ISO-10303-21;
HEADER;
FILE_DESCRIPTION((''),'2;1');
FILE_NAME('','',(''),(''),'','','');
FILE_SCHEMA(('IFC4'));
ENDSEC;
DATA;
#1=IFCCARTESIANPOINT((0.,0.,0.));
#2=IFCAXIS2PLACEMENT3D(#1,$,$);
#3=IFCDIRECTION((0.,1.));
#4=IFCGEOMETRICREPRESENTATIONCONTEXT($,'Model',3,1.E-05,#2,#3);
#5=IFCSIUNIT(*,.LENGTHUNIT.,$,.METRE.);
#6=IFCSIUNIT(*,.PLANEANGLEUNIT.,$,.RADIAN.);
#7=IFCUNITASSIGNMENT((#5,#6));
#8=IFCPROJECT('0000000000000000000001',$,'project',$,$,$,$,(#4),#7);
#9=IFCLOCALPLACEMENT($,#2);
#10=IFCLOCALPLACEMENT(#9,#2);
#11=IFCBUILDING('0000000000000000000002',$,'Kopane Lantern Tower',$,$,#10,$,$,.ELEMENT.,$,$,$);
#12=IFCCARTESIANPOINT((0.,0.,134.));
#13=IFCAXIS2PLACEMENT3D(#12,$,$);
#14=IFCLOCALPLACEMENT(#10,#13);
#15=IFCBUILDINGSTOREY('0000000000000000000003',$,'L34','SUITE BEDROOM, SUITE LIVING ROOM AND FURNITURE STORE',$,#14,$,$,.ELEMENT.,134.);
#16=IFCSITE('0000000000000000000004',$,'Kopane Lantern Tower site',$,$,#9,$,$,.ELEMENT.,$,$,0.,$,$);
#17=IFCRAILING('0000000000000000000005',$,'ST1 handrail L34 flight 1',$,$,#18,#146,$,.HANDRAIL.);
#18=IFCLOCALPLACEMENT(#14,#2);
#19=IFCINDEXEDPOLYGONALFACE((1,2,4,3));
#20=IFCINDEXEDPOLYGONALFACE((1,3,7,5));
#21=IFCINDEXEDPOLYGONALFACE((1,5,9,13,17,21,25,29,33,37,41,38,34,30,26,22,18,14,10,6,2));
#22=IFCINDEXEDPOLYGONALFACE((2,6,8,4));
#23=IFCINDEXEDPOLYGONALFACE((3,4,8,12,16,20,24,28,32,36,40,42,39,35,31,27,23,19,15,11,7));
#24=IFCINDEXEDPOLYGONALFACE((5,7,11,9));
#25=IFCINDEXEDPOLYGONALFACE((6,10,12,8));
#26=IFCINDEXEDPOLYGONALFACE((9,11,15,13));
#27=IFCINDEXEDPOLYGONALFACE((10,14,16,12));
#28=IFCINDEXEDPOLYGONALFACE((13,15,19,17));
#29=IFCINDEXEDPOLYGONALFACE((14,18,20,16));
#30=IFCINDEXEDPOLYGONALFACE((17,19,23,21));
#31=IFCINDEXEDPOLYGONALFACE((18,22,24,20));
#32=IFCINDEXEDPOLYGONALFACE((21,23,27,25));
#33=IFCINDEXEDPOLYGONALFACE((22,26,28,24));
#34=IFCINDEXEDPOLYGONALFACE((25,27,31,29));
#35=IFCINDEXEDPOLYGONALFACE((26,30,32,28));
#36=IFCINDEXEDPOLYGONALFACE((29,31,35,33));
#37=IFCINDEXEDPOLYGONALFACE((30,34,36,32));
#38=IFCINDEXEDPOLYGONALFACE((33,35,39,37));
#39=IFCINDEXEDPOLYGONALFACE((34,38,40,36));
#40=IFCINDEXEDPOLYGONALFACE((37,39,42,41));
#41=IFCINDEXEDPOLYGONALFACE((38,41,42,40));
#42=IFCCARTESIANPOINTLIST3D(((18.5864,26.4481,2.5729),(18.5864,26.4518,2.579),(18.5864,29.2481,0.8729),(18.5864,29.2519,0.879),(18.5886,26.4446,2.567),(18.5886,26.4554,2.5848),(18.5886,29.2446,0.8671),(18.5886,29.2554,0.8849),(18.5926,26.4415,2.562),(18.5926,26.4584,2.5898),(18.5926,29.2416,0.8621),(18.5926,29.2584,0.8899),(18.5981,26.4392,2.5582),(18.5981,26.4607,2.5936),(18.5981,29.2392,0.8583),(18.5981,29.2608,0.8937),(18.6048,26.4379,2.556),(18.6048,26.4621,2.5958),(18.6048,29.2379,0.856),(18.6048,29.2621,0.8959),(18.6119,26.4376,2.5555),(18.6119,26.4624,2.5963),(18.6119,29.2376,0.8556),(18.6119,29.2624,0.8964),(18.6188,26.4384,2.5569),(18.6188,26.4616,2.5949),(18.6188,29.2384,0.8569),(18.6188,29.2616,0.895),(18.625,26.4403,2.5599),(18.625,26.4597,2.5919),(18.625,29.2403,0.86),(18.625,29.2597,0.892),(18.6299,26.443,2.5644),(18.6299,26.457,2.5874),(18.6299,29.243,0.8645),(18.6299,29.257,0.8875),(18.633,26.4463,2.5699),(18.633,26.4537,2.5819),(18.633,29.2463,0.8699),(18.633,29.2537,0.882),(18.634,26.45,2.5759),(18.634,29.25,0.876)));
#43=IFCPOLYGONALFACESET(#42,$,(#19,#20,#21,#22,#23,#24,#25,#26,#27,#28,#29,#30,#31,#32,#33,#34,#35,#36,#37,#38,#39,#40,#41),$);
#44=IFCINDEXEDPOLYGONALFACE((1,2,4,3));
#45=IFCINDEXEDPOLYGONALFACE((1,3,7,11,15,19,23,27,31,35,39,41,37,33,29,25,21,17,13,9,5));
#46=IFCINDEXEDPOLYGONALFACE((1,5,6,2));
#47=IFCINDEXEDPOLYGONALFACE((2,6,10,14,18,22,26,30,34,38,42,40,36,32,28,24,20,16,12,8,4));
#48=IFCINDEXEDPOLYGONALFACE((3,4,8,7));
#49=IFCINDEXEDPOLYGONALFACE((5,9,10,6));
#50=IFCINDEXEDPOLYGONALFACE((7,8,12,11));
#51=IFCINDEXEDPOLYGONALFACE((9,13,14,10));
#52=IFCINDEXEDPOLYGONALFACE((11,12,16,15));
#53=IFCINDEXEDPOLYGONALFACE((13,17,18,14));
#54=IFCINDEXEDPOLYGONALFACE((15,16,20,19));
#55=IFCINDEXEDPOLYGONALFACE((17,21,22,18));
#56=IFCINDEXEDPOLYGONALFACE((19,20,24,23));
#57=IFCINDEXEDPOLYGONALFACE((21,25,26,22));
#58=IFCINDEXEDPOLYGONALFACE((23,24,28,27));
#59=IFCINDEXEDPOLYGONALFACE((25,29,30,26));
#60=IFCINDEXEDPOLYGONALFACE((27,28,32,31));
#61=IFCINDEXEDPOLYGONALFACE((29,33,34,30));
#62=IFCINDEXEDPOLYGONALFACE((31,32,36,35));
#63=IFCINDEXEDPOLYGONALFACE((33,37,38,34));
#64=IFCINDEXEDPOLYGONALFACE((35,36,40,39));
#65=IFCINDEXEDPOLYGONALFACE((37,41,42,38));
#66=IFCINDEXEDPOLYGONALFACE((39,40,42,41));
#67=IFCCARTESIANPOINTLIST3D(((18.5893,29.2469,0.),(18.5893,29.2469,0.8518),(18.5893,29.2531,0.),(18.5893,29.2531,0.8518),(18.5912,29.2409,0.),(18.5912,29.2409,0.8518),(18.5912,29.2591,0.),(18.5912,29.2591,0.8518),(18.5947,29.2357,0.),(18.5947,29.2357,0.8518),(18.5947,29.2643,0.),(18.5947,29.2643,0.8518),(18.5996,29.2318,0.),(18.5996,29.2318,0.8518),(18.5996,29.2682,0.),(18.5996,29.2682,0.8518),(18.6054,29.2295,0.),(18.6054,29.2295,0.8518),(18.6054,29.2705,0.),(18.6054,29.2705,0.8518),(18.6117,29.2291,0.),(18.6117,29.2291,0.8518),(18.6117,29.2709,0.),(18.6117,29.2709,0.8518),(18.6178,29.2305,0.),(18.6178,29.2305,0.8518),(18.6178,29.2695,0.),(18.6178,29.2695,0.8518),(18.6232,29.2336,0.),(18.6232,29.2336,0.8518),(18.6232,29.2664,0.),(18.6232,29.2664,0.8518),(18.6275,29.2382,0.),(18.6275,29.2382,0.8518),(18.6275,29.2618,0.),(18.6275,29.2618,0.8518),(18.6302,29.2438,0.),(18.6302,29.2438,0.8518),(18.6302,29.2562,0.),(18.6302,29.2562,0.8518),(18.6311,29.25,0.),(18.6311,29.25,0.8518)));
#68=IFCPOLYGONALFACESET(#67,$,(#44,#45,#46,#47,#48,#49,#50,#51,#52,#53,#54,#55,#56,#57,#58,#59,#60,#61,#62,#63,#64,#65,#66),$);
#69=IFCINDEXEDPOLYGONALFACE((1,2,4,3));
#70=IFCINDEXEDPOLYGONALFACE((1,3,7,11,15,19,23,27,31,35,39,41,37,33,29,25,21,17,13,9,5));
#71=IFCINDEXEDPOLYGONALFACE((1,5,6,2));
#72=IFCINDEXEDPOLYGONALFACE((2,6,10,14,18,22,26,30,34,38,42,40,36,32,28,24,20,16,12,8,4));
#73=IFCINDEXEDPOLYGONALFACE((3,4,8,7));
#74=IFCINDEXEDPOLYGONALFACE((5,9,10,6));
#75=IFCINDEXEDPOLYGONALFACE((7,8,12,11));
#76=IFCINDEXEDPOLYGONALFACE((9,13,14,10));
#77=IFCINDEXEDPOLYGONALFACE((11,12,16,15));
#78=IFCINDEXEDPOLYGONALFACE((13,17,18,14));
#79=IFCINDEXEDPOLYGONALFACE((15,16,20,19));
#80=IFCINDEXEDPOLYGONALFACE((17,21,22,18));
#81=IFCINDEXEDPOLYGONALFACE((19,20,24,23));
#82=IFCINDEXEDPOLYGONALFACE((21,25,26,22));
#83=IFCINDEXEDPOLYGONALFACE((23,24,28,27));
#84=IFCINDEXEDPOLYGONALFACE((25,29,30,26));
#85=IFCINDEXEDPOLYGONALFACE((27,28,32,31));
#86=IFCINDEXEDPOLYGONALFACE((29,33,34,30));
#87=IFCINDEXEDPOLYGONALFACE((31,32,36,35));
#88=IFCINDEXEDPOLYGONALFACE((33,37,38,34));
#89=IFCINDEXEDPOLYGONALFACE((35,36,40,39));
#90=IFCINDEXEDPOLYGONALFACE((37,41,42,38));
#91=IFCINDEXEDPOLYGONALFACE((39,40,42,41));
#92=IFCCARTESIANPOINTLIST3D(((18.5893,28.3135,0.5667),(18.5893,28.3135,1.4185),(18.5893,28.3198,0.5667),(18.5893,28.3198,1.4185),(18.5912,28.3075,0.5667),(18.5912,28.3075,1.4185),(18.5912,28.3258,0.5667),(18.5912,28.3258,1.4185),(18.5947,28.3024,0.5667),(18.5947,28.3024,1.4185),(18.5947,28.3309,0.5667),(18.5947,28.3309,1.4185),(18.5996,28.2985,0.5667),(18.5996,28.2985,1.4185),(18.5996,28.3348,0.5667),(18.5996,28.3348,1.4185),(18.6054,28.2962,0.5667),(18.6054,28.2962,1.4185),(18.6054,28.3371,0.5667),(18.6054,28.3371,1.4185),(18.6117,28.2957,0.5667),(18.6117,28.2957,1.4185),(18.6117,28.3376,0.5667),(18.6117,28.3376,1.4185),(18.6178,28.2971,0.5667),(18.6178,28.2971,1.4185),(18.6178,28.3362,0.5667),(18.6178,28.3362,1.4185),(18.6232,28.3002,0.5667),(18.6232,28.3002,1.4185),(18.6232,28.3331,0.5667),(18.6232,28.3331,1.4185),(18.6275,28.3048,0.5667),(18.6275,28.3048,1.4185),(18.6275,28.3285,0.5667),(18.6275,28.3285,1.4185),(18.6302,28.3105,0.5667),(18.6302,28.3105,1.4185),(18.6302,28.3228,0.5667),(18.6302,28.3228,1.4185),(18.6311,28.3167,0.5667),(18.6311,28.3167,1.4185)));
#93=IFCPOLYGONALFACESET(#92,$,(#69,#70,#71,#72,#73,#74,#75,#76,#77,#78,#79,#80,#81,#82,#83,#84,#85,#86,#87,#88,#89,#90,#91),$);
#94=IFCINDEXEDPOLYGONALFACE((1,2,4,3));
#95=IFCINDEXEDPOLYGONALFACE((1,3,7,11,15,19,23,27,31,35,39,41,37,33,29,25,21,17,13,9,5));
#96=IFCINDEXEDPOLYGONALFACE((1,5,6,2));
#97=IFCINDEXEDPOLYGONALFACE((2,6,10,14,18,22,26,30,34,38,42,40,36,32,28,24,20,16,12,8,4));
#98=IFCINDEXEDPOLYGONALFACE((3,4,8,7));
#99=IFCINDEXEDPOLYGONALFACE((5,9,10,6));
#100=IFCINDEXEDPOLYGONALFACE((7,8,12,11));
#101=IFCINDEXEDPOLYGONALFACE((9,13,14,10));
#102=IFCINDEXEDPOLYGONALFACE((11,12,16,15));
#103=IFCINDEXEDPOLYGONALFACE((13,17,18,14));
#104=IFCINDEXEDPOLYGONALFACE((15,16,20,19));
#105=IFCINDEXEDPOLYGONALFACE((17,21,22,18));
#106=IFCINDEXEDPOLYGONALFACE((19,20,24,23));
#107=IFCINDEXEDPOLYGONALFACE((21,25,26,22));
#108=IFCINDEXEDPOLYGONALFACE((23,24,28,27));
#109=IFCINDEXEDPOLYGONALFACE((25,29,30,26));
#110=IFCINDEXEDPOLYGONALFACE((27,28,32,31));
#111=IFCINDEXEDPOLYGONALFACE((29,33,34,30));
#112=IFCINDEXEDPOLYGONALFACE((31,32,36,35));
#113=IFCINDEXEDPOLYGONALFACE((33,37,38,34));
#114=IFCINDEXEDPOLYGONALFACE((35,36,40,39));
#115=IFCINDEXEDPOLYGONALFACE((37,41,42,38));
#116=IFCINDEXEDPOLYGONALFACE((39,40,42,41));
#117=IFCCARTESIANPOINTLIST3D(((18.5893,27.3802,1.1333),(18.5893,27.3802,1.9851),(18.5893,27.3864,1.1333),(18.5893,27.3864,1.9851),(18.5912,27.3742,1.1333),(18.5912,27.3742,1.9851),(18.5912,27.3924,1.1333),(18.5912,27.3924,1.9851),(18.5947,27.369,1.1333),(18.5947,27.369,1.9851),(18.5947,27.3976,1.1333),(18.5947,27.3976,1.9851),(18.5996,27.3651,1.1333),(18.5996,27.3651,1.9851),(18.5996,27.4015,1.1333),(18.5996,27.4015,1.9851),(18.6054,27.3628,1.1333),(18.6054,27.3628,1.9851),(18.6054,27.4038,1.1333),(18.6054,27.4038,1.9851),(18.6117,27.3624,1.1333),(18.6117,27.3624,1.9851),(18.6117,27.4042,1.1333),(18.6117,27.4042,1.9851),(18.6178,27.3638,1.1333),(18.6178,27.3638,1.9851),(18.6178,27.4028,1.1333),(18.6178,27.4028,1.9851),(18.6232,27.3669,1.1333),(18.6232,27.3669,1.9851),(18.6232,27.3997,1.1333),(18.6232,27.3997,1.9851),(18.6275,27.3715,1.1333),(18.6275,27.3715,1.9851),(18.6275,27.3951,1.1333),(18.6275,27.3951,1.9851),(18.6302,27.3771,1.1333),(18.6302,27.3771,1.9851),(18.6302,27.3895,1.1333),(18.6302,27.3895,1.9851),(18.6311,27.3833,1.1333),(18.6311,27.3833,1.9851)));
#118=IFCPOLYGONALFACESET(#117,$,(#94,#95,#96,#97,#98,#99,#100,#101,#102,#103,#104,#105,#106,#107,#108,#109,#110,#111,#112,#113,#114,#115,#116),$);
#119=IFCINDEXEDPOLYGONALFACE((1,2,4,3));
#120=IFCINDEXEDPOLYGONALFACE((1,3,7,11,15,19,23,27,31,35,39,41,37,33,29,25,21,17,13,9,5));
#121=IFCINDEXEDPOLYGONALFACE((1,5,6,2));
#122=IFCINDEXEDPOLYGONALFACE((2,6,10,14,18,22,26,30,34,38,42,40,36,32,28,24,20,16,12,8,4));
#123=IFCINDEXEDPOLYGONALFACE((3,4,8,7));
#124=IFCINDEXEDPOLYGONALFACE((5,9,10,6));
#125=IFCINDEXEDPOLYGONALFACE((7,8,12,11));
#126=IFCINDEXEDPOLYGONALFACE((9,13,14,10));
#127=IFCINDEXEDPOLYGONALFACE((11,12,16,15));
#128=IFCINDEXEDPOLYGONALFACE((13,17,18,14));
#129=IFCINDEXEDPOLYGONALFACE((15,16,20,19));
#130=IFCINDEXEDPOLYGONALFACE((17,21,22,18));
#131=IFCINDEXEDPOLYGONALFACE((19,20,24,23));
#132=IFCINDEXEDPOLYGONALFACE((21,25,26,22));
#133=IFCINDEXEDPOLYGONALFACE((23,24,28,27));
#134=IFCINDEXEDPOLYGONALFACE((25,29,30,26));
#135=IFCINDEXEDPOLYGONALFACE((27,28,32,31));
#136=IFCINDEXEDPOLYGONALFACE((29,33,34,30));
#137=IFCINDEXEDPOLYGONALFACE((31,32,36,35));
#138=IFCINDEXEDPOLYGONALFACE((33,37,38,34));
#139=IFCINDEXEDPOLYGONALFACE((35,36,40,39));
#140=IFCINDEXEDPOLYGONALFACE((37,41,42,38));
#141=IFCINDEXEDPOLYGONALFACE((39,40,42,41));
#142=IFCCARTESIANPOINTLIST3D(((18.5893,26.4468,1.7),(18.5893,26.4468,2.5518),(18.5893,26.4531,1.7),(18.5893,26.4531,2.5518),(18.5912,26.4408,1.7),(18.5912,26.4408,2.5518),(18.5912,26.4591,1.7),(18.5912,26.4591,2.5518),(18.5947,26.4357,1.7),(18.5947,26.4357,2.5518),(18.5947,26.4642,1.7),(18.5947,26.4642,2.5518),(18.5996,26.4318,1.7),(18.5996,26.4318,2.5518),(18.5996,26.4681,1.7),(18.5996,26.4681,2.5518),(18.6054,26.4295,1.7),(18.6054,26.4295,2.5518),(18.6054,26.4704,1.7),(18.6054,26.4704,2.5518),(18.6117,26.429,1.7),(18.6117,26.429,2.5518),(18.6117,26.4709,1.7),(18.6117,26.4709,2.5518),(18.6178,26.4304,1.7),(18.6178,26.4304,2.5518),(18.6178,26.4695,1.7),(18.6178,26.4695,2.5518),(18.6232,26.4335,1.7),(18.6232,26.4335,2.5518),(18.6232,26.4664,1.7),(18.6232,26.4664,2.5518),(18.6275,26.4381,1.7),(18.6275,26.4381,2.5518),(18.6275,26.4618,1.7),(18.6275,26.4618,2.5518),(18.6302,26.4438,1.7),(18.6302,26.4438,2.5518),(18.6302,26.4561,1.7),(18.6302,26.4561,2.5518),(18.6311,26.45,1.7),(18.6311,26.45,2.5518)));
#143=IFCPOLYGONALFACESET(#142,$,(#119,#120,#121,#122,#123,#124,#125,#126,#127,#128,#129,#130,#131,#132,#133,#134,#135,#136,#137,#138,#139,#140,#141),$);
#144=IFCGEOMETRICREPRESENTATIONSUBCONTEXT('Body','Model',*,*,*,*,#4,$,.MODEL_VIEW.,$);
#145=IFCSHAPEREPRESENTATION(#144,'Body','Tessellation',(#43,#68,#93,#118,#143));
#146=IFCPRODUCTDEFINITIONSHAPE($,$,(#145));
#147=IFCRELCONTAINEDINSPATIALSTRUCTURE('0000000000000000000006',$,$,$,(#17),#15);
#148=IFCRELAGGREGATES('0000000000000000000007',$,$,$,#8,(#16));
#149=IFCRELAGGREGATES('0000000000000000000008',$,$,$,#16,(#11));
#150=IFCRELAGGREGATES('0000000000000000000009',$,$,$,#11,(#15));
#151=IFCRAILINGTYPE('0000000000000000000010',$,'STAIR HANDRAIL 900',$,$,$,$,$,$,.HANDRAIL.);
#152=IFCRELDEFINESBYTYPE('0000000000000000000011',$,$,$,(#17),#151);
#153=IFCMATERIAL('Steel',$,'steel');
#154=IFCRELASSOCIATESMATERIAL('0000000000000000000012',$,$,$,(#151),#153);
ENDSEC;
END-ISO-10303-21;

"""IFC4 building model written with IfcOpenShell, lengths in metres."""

from ifc_helpers import new_model, si_unit, direction, frame, origin, origin_2d, place, context, subcontext, project, spatial, circle, extrude, material, type_object, element, save


model = new_model("IFC4")

# Units and contexts
model_context = context("Model", 3, precision=1e-05, world=origin(), true_north=direction((0.0, 1.0)))
body_context = subcontext(model_context, "Body", "Model", "MODEL_VIEW")
ifc_project = project(units=[si_unit("LENGTHUNIT", "METRE"), si_unit("PLANEANGLEUNIT", "RADIAN")], contexts=[model_context])

# Site, building, storey
site_placement = place(None, origin())
site = spatial("IfcSite", under=ifc_project, at=site_placement, Name="Kopane Lantern Tower site", CompositionType="ELEMENT", RefElevation=0.0)
building_placement = place(site_placement, origin())
building = spatial("IfcBuilding", under=site, at=building_placement, Name="Kopane Lantern Tower", CompositionType="ELEMENT")
storey_placement = place(building_placement, frame((0.0, 0.0, 134.0)))
storey = spatial("IfcBuildingStorey", under=building, at=storey_placement, Name="L34", Description="SUITE BEDROOM, SUITE LIVING ROOM AND FURNITURE STORE", CompositionType="ELEMENT", Elevation=134.0)

# Railing
ifc_material_1 = material(Name="Steel", Category="steel")
railing_type = type_object("IfcRailingType", Name="STAIR HANDRAIL 900", PredefinedType="HANDRAIL", material=ifc_material_1)
for number, where, name in (
    (1, (18.6101, 29.25, 0.0), "ST1 handrail L34 flight 1"),
):
    element("IfcRailing", number, at=place(storey_placement, frame(where)), inside=storey, type_object=railing_type, Name=name, PredefinedType="HANDRAIL", context=body_context, shape_type="SweptSolid", body=[
        extrude(circle(Radius=0.0239, at=origin_2d()), frame((0.0, 0.0, 0.876), z_axis=(0.0, -0.854798, 0.518961), x_axis=(1.0, 0.0, 0.0)), (0.0, 0.0, 1.0), 3.2756),
        extrude(circle(Radius=0.021, at=origin_2d()), origin(), (0.0, 0.0, 1.0), 0.8518),
        extrude(circle(Radius=0.021, at=origin_2d()), frame((0.0, -0.9333, 0.5667)), (0.0, 0.0, 1.0), 0.8518),
        extrude(circle(Radius=0.021, at=origin_2d()), frame((0.0, -1.8667, 1.1333)), (0.0, 0.0, 1.0), 0.8518),
        extrude(circle(Radius=0.021, at=origin_2d()), frame((0.0, -2.8, 1.7)), (0.0, 0.0, 1.0), 0.8518),
    ])

save(model, "model.ifc")
